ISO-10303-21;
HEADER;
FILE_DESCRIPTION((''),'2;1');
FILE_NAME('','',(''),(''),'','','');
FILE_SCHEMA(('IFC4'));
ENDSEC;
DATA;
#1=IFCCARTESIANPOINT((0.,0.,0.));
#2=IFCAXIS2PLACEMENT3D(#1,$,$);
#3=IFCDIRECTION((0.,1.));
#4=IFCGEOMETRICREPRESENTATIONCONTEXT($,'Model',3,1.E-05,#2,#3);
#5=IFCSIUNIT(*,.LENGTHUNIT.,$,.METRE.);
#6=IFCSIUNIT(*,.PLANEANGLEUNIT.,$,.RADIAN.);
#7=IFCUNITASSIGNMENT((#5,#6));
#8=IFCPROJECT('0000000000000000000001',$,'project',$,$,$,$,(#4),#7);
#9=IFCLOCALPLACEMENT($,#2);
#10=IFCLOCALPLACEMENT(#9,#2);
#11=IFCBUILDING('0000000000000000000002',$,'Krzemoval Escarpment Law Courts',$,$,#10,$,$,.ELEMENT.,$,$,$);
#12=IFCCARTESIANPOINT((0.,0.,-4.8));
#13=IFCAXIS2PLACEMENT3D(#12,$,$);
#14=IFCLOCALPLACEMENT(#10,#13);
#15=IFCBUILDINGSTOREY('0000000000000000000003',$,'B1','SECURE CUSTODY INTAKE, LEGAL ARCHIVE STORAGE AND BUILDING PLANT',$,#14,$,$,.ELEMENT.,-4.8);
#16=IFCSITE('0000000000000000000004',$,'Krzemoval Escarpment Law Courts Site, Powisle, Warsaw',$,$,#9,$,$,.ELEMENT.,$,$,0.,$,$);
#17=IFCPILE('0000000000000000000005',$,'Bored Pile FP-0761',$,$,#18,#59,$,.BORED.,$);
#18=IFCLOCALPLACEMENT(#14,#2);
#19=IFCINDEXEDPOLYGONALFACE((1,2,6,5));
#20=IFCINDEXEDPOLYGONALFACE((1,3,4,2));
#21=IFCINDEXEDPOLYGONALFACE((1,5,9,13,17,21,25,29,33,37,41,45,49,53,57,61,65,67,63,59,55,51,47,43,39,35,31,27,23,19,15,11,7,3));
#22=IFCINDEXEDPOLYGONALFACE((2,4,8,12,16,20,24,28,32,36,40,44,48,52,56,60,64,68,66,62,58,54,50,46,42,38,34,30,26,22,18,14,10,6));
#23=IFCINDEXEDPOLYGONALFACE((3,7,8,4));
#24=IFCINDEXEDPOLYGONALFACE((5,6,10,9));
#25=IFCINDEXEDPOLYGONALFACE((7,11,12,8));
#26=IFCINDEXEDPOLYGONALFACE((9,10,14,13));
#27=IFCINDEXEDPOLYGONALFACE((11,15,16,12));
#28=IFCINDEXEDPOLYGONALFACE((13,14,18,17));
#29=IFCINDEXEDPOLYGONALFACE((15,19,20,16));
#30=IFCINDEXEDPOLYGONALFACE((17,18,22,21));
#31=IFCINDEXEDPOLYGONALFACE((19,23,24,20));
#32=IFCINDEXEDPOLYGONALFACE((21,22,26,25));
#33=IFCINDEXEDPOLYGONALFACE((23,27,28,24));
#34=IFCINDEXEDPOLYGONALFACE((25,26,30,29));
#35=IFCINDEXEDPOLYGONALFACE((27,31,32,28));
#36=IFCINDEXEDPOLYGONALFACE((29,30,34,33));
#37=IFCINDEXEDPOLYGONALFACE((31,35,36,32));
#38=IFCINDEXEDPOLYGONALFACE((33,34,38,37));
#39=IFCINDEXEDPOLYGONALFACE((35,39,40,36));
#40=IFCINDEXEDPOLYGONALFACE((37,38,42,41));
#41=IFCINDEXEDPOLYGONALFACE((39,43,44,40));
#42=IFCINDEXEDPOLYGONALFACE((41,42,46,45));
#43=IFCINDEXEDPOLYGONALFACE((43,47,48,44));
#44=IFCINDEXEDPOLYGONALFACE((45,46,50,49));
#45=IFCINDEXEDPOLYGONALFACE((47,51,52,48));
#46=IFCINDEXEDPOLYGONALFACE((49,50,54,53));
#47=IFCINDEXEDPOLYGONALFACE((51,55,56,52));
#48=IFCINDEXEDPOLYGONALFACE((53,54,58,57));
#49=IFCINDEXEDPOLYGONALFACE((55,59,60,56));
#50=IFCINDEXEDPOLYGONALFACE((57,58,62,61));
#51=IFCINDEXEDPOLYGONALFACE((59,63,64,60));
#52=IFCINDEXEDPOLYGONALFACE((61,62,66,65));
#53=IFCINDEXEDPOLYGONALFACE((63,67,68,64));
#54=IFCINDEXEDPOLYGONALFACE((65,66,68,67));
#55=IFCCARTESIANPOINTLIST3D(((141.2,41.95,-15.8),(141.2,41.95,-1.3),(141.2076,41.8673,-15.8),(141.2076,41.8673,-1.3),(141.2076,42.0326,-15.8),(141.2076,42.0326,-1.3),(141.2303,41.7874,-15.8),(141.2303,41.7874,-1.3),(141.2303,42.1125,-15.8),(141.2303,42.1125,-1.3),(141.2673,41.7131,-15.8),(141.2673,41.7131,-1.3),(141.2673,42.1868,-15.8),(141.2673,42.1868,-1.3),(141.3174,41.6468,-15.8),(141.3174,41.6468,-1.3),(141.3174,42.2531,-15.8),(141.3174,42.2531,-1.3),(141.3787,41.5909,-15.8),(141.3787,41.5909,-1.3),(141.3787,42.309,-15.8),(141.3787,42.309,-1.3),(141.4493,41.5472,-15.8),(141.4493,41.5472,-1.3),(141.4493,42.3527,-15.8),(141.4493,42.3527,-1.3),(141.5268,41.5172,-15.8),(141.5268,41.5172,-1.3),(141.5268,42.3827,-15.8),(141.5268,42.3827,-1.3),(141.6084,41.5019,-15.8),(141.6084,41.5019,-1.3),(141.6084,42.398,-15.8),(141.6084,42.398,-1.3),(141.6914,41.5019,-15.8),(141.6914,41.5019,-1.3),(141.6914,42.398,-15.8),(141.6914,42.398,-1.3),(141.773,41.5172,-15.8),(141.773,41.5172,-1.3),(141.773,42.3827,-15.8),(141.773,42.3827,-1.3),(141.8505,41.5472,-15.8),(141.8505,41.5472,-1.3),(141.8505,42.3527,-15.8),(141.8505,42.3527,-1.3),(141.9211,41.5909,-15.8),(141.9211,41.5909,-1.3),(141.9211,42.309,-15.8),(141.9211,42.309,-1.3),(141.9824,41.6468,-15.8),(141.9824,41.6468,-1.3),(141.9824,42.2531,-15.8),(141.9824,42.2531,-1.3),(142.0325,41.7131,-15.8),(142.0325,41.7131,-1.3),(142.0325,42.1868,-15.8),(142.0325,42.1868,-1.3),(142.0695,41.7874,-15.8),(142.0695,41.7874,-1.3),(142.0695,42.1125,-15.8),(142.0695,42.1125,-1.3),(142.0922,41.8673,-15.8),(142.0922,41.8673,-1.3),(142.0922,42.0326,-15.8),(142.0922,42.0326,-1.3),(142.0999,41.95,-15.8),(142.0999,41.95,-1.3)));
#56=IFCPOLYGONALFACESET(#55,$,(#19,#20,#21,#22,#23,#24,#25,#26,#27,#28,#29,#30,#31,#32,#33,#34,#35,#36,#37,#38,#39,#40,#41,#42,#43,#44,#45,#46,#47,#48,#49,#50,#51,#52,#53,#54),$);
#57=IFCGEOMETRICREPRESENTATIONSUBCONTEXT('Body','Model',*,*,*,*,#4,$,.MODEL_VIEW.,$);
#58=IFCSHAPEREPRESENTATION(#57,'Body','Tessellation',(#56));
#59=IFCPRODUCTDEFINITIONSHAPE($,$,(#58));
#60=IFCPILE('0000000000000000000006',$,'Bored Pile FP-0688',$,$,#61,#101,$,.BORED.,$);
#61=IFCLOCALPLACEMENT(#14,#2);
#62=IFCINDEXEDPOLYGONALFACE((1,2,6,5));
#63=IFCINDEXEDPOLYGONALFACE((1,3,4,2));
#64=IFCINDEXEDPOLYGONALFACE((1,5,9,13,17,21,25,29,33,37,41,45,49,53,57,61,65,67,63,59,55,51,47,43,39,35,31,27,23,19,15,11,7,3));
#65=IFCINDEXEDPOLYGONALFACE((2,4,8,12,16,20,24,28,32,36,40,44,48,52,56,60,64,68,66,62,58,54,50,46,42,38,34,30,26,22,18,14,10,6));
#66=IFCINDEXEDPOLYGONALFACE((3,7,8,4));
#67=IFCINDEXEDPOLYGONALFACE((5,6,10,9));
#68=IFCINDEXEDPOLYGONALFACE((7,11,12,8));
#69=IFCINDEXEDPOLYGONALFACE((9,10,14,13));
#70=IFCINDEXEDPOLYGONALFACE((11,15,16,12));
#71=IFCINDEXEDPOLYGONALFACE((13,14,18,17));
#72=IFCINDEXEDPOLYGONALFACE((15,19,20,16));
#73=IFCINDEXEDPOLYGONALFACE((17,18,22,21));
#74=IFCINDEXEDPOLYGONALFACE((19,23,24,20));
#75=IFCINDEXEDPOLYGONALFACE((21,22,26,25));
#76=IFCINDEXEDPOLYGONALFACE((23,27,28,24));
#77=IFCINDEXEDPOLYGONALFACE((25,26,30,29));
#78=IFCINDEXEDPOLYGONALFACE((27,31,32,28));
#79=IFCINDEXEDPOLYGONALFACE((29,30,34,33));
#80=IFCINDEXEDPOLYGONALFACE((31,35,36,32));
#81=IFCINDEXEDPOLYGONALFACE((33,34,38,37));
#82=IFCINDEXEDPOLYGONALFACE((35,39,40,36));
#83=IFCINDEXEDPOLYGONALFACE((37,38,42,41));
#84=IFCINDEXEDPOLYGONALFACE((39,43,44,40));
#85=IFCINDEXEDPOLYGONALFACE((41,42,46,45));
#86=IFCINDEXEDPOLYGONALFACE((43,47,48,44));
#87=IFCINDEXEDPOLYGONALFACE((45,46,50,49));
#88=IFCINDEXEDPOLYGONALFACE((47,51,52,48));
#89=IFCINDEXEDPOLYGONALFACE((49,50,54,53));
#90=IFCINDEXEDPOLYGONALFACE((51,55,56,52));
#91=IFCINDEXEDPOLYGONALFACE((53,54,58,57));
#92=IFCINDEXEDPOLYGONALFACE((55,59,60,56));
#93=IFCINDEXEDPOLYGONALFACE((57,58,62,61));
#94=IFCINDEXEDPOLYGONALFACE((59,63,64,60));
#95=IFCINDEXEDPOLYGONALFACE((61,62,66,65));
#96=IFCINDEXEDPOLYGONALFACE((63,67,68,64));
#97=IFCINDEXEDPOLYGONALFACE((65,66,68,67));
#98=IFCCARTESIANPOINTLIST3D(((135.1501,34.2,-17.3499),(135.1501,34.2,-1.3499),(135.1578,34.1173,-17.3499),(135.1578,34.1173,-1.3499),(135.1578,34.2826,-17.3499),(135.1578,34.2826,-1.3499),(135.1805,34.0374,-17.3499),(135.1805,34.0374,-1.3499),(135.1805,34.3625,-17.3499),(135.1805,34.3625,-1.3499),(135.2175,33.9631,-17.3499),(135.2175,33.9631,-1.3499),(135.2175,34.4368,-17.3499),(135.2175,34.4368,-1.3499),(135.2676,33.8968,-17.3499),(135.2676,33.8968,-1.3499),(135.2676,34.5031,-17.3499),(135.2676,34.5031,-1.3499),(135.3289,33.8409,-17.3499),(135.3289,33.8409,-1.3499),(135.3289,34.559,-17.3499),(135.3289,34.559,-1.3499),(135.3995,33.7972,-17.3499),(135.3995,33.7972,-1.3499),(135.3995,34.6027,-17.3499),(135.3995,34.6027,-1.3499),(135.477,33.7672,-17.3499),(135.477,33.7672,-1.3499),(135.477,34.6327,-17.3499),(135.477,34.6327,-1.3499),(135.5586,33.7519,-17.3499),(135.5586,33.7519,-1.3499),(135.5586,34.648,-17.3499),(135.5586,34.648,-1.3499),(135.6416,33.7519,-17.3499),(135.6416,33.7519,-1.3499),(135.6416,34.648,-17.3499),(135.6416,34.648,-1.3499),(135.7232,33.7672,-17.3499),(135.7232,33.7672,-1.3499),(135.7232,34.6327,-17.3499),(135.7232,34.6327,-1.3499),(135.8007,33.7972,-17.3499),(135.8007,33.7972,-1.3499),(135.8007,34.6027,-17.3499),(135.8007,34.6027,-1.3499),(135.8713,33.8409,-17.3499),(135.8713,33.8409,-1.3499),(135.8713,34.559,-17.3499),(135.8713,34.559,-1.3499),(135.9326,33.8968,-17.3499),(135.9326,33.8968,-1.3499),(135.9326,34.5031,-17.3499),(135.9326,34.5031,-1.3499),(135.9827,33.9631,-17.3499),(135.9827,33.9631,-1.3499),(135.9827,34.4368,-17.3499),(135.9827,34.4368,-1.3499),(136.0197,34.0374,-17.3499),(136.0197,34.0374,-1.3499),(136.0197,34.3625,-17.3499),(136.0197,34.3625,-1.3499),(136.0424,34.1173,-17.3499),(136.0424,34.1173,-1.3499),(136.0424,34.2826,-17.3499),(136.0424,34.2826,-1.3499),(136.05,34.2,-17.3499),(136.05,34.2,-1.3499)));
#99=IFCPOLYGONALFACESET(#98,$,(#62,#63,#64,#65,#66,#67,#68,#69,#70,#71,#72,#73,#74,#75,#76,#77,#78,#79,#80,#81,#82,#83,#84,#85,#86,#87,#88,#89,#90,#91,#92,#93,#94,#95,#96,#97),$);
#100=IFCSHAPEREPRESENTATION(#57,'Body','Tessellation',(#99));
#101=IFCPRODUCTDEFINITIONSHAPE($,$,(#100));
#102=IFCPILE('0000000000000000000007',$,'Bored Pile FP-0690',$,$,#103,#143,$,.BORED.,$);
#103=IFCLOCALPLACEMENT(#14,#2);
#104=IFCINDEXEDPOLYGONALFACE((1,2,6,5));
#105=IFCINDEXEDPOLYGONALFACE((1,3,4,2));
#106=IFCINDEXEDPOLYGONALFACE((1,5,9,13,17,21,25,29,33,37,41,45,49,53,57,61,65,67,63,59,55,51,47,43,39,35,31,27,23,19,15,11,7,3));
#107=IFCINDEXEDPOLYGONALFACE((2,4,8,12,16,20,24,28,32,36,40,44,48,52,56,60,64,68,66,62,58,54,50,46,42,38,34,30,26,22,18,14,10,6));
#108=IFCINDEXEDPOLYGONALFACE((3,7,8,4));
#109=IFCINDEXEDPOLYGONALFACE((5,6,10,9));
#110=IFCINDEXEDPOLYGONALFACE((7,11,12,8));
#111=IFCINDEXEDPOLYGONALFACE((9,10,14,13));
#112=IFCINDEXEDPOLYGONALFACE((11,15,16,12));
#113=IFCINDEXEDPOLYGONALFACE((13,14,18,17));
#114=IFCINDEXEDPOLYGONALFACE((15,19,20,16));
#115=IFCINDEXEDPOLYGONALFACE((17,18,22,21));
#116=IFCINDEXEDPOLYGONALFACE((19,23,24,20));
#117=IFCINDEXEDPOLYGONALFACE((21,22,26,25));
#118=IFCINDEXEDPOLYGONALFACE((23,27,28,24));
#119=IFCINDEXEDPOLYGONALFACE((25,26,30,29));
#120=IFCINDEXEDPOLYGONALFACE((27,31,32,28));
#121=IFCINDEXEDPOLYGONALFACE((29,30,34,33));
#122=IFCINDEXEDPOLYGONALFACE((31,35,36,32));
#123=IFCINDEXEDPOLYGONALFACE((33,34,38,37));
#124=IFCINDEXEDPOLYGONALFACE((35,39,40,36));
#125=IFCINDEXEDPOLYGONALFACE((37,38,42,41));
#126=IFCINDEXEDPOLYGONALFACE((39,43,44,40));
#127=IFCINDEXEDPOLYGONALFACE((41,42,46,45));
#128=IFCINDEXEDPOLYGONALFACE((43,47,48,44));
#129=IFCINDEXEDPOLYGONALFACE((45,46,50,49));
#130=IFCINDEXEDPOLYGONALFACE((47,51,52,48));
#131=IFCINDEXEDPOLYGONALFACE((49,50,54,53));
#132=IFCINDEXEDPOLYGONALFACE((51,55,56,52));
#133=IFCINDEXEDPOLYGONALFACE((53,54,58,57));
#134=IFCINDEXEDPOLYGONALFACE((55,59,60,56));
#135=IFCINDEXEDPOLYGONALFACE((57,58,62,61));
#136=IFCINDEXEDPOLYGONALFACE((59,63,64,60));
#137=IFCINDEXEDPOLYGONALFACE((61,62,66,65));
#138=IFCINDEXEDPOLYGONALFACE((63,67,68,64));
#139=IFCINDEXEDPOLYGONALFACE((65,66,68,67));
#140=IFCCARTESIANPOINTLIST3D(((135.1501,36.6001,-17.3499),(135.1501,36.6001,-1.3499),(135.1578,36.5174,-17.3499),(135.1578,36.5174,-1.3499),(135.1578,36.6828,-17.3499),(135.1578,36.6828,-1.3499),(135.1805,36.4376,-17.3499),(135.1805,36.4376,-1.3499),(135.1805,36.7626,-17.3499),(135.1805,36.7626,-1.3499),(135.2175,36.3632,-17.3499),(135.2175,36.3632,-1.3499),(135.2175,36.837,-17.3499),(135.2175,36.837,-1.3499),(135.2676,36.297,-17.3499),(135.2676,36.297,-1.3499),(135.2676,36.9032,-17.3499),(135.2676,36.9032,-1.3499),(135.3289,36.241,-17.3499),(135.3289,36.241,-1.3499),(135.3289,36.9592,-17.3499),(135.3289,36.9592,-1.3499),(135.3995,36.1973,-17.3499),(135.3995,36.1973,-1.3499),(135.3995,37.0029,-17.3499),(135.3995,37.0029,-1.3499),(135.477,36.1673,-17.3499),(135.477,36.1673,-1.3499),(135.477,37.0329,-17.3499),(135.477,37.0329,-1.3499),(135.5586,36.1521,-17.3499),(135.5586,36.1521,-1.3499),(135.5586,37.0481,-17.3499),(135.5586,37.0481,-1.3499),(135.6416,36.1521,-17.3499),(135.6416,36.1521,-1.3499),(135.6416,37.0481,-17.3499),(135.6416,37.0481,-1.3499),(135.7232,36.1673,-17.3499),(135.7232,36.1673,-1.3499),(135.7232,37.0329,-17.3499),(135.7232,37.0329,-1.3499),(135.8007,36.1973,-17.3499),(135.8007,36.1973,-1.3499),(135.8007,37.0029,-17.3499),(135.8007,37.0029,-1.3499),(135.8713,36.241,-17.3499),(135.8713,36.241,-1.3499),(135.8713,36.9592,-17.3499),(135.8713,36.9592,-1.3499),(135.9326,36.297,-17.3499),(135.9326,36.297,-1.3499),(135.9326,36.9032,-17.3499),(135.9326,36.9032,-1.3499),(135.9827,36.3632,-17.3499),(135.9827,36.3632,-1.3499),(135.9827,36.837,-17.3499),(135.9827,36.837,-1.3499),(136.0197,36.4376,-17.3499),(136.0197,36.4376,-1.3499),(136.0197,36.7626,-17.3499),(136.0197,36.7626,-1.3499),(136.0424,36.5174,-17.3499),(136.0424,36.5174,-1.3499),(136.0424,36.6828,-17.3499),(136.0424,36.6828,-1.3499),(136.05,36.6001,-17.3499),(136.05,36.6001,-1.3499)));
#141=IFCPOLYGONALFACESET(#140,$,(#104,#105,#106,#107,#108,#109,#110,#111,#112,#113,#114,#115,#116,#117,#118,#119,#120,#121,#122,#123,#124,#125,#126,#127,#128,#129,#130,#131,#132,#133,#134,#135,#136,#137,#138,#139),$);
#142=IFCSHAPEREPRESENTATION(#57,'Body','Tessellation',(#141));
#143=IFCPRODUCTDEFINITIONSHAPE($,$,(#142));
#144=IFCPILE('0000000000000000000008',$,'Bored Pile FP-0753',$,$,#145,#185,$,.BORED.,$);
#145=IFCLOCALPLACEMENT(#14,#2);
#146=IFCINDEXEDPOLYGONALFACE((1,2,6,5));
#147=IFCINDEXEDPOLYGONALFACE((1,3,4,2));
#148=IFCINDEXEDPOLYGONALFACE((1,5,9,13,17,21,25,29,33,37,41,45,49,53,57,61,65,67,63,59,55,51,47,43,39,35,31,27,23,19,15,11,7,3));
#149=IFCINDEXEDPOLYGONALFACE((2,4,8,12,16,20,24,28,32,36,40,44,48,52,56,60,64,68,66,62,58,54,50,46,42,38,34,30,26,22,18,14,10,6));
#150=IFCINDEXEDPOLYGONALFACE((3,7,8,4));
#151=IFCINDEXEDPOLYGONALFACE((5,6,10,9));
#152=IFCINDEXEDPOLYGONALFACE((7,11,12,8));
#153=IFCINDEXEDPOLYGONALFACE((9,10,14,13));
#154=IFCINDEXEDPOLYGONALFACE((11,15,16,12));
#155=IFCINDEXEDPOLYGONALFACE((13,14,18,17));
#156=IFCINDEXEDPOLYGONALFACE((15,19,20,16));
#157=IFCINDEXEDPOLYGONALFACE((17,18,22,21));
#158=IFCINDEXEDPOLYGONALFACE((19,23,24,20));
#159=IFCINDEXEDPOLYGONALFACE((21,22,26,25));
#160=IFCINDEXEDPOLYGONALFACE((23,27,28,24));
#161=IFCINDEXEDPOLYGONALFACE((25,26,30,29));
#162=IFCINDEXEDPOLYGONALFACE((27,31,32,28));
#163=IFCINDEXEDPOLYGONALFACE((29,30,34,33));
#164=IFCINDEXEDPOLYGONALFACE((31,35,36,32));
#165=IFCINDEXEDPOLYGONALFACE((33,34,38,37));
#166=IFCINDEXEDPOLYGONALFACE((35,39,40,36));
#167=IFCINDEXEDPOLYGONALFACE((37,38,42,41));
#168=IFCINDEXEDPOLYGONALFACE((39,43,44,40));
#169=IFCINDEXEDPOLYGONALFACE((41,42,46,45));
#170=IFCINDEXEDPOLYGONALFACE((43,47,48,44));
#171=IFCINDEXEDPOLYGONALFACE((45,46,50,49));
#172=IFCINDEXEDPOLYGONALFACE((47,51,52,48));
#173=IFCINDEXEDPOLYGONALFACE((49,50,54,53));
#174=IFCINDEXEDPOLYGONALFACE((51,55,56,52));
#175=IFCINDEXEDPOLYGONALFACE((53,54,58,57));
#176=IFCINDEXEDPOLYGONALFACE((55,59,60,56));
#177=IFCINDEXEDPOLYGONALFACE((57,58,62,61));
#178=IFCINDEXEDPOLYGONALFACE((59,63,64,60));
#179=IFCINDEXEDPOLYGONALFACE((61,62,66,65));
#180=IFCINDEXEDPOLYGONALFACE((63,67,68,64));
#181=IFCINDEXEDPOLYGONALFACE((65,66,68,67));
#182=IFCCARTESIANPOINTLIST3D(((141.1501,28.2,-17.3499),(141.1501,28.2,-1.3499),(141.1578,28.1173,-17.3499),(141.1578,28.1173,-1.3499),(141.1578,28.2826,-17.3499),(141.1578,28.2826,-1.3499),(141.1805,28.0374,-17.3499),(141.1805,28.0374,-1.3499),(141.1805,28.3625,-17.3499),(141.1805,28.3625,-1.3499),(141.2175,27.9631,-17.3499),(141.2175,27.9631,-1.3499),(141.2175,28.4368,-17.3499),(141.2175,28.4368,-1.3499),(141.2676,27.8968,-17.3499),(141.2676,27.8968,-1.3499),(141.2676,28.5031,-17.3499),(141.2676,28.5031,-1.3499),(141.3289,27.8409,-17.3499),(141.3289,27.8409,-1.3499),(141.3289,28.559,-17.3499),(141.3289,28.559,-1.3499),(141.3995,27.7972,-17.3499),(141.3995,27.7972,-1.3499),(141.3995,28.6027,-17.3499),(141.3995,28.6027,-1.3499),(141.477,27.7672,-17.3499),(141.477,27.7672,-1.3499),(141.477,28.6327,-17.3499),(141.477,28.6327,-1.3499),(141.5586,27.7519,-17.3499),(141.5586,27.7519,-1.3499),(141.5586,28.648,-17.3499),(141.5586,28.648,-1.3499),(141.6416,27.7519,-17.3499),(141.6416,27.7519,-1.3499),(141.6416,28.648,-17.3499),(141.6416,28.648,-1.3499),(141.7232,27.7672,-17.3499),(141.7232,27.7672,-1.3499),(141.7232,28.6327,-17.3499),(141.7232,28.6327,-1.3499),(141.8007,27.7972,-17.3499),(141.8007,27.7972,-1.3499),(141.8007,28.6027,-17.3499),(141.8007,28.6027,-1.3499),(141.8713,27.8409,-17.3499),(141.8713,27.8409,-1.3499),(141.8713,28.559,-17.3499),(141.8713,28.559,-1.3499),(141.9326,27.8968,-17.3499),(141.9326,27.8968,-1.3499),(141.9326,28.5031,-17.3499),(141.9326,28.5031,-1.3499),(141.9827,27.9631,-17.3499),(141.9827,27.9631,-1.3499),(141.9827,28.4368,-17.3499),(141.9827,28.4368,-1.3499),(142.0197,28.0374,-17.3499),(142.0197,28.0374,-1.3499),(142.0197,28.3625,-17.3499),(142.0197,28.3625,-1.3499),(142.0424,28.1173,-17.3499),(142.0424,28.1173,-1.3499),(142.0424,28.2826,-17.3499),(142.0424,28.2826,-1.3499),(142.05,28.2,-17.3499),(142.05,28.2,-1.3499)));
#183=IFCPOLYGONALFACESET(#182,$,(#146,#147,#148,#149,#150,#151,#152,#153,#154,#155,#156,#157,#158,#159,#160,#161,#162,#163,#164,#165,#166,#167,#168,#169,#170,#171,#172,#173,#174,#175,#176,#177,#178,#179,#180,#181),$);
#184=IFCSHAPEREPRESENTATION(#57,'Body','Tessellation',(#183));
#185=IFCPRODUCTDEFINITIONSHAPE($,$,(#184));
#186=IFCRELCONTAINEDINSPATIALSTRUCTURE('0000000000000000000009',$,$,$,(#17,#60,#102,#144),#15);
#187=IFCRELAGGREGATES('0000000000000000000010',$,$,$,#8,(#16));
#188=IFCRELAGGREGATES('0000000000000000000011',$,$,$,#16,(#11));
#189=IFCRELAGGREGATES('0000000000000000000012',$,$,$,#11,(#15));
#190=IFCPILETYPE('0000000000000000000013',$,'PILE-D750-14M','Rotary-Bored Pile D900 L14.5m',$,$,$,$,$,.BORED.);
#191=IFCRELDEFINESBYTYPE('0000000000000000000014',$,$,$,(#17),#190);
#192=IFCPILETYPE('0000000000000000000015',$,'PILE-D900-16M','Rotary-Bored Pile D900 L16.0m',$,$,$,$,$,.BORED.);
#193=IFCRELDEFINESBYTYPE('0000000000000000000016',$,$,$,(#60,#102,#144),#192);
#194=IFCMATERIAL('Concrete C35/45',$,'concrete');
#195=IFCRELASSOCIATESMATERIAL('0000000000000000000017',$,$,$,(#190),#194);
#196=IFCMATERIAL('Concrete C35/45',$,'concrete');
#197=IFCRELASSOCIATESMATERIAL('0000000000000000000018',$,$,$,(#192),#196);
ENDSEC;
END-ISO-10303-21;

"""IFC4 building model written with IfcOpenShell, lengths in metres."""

from ifc_helpers import new_model, si_unit, direction, frame, origin, origin_2d, place, context, subcontext, project, spatial, circle, extrude, material, material_profile, profile_set, type_object, element, save


model = new_model("IFC4")

# Units and contexts
model_context = context("Model", 3, precision=1e-05, world=origin(), true_north=direction((0.0, 1.0)))
body_context = subcontext(model_context, "Body", "Model", "MODEL_VIEW")
ifc_project = project(units=[si_unit("LENGTHUNIT", "METRE"), si_unit("PLANEANGLEUNIT", "RADIAN")], contexts=[model_context])

# Site, building, storey
site_placement = place(None, origin())
site = spatial("IfcSite", under=ifc_project, at=site_placement, Name="Krzemoval Escarpment Law Courts Site, Powisle, Warsaw", CompositionType="ELEMENT", RefElevation=0.0)
building_placement = place(site_placement, origin())
building = spatial("IfcBuilding", under=site, at=building_placement, Name="Krzemoval Escarpment Law Courts", CompositionType="ELEMENT")
storey_placement = place(building_placement, frame((0.0, 0.0, -4.8)))
storey = spatial("IfcBuildingStorey", under=building, at=storey_placement, Name="B1", Description="SECURE CUSTODY INTAKE, LEGAL ARCHIVE STORAGE AND BUILDING PLANT", CompositionType="ELEMENT", Elevation=-4.8)

# Piles
ifc_material_1 = material(Name="Concrete C35/45", Category="concrete")
ifc_material_profile_1 = material_profile(ifc_material_1, circle(Radius=0.45, at=origin_2d()), Name="PILE D900")
ifc_profile_set_1 = profile_set([ifc_material_profile_1], Name="Concrete C35/45")
pile_type_1 = type_object("IfcPileType", Name="PILE-D750-14M", Description="Rotary-Bored Pile D900 L14.5m", PredefinedType="BORED", material=ifc_profile_set_1)
for number, where, z_axis, x_axis, name in (
    (1, (141.6499, 41.95, -1.3), (0.0, 0.0, -1.0), (1.0, 0.0, 0.0), "Bored Pile FP-0761"),
):
    element("IfcPile", number, at=place(storey_placement, frame(where, z_axis=z_axis, x_axis=x_axis)), inside=storey, type_object=pile_type_1, Name=name, PredefinedType="BORED", context=body_context, shape_type="SweptSolid", body=[
        extrude(circle(Radius=0.45, at=origin_2d()), origin(), (0.0, 0.0, 1.0), 14.5),
    ])
ifc_material_2 = material(Name="Concrete C35/45", Category="concrete")
ifc_material_profile_2 = material_profile(ifc_material_2, circle(Radius=0.45, at=origin_2d()), Name="PILE D900")
ifc_profile_set_2 = profile_set([ifc_material_profile_2], Name="Concrete C35/45")
pile_type_2 = type_object("IfcPileType", Name="PILE-D900-16M", Description="Rotary-Bored Pile D900 L16.0m", PredefinedType="BORED", material=ifc_profile_set_2)
for number, where, z_axis, x_axis, name in (
    (2, (135.6001, 34.2, -1.3499), (0.0, 0.0, -1.0), (1.0, 0.0, 0.0), "Bored Pile FP-0688"),
    (3, (135.6001, 36.6001, -1.3499), (0.0, 0.0, -1.0), (1.0, 0.0, 0.0), "Bored Pile FP-0690"),
    (4, (141.6001, 28.2, -1.3499), (0.0, 0.0, -1.0), (1.0, 0.0, 0.0), "Bored Pile FP-0753"),
):
    element("IfcPile", number, at=place(storey_placement, frame(where, z_axis=z_axis, x_axis=x_axis)), inside=storey, type_object=pile_type_2, Name=name, PredefinedType="BORED", context=body_context, shape_type="SweptSolid", body=[
        extrude(circle(Radius=0.45, at=origin_2d()), origin(), (0.0, 0.0, 1.0), 16.0),
    ])

save(model, "model.ifc")
